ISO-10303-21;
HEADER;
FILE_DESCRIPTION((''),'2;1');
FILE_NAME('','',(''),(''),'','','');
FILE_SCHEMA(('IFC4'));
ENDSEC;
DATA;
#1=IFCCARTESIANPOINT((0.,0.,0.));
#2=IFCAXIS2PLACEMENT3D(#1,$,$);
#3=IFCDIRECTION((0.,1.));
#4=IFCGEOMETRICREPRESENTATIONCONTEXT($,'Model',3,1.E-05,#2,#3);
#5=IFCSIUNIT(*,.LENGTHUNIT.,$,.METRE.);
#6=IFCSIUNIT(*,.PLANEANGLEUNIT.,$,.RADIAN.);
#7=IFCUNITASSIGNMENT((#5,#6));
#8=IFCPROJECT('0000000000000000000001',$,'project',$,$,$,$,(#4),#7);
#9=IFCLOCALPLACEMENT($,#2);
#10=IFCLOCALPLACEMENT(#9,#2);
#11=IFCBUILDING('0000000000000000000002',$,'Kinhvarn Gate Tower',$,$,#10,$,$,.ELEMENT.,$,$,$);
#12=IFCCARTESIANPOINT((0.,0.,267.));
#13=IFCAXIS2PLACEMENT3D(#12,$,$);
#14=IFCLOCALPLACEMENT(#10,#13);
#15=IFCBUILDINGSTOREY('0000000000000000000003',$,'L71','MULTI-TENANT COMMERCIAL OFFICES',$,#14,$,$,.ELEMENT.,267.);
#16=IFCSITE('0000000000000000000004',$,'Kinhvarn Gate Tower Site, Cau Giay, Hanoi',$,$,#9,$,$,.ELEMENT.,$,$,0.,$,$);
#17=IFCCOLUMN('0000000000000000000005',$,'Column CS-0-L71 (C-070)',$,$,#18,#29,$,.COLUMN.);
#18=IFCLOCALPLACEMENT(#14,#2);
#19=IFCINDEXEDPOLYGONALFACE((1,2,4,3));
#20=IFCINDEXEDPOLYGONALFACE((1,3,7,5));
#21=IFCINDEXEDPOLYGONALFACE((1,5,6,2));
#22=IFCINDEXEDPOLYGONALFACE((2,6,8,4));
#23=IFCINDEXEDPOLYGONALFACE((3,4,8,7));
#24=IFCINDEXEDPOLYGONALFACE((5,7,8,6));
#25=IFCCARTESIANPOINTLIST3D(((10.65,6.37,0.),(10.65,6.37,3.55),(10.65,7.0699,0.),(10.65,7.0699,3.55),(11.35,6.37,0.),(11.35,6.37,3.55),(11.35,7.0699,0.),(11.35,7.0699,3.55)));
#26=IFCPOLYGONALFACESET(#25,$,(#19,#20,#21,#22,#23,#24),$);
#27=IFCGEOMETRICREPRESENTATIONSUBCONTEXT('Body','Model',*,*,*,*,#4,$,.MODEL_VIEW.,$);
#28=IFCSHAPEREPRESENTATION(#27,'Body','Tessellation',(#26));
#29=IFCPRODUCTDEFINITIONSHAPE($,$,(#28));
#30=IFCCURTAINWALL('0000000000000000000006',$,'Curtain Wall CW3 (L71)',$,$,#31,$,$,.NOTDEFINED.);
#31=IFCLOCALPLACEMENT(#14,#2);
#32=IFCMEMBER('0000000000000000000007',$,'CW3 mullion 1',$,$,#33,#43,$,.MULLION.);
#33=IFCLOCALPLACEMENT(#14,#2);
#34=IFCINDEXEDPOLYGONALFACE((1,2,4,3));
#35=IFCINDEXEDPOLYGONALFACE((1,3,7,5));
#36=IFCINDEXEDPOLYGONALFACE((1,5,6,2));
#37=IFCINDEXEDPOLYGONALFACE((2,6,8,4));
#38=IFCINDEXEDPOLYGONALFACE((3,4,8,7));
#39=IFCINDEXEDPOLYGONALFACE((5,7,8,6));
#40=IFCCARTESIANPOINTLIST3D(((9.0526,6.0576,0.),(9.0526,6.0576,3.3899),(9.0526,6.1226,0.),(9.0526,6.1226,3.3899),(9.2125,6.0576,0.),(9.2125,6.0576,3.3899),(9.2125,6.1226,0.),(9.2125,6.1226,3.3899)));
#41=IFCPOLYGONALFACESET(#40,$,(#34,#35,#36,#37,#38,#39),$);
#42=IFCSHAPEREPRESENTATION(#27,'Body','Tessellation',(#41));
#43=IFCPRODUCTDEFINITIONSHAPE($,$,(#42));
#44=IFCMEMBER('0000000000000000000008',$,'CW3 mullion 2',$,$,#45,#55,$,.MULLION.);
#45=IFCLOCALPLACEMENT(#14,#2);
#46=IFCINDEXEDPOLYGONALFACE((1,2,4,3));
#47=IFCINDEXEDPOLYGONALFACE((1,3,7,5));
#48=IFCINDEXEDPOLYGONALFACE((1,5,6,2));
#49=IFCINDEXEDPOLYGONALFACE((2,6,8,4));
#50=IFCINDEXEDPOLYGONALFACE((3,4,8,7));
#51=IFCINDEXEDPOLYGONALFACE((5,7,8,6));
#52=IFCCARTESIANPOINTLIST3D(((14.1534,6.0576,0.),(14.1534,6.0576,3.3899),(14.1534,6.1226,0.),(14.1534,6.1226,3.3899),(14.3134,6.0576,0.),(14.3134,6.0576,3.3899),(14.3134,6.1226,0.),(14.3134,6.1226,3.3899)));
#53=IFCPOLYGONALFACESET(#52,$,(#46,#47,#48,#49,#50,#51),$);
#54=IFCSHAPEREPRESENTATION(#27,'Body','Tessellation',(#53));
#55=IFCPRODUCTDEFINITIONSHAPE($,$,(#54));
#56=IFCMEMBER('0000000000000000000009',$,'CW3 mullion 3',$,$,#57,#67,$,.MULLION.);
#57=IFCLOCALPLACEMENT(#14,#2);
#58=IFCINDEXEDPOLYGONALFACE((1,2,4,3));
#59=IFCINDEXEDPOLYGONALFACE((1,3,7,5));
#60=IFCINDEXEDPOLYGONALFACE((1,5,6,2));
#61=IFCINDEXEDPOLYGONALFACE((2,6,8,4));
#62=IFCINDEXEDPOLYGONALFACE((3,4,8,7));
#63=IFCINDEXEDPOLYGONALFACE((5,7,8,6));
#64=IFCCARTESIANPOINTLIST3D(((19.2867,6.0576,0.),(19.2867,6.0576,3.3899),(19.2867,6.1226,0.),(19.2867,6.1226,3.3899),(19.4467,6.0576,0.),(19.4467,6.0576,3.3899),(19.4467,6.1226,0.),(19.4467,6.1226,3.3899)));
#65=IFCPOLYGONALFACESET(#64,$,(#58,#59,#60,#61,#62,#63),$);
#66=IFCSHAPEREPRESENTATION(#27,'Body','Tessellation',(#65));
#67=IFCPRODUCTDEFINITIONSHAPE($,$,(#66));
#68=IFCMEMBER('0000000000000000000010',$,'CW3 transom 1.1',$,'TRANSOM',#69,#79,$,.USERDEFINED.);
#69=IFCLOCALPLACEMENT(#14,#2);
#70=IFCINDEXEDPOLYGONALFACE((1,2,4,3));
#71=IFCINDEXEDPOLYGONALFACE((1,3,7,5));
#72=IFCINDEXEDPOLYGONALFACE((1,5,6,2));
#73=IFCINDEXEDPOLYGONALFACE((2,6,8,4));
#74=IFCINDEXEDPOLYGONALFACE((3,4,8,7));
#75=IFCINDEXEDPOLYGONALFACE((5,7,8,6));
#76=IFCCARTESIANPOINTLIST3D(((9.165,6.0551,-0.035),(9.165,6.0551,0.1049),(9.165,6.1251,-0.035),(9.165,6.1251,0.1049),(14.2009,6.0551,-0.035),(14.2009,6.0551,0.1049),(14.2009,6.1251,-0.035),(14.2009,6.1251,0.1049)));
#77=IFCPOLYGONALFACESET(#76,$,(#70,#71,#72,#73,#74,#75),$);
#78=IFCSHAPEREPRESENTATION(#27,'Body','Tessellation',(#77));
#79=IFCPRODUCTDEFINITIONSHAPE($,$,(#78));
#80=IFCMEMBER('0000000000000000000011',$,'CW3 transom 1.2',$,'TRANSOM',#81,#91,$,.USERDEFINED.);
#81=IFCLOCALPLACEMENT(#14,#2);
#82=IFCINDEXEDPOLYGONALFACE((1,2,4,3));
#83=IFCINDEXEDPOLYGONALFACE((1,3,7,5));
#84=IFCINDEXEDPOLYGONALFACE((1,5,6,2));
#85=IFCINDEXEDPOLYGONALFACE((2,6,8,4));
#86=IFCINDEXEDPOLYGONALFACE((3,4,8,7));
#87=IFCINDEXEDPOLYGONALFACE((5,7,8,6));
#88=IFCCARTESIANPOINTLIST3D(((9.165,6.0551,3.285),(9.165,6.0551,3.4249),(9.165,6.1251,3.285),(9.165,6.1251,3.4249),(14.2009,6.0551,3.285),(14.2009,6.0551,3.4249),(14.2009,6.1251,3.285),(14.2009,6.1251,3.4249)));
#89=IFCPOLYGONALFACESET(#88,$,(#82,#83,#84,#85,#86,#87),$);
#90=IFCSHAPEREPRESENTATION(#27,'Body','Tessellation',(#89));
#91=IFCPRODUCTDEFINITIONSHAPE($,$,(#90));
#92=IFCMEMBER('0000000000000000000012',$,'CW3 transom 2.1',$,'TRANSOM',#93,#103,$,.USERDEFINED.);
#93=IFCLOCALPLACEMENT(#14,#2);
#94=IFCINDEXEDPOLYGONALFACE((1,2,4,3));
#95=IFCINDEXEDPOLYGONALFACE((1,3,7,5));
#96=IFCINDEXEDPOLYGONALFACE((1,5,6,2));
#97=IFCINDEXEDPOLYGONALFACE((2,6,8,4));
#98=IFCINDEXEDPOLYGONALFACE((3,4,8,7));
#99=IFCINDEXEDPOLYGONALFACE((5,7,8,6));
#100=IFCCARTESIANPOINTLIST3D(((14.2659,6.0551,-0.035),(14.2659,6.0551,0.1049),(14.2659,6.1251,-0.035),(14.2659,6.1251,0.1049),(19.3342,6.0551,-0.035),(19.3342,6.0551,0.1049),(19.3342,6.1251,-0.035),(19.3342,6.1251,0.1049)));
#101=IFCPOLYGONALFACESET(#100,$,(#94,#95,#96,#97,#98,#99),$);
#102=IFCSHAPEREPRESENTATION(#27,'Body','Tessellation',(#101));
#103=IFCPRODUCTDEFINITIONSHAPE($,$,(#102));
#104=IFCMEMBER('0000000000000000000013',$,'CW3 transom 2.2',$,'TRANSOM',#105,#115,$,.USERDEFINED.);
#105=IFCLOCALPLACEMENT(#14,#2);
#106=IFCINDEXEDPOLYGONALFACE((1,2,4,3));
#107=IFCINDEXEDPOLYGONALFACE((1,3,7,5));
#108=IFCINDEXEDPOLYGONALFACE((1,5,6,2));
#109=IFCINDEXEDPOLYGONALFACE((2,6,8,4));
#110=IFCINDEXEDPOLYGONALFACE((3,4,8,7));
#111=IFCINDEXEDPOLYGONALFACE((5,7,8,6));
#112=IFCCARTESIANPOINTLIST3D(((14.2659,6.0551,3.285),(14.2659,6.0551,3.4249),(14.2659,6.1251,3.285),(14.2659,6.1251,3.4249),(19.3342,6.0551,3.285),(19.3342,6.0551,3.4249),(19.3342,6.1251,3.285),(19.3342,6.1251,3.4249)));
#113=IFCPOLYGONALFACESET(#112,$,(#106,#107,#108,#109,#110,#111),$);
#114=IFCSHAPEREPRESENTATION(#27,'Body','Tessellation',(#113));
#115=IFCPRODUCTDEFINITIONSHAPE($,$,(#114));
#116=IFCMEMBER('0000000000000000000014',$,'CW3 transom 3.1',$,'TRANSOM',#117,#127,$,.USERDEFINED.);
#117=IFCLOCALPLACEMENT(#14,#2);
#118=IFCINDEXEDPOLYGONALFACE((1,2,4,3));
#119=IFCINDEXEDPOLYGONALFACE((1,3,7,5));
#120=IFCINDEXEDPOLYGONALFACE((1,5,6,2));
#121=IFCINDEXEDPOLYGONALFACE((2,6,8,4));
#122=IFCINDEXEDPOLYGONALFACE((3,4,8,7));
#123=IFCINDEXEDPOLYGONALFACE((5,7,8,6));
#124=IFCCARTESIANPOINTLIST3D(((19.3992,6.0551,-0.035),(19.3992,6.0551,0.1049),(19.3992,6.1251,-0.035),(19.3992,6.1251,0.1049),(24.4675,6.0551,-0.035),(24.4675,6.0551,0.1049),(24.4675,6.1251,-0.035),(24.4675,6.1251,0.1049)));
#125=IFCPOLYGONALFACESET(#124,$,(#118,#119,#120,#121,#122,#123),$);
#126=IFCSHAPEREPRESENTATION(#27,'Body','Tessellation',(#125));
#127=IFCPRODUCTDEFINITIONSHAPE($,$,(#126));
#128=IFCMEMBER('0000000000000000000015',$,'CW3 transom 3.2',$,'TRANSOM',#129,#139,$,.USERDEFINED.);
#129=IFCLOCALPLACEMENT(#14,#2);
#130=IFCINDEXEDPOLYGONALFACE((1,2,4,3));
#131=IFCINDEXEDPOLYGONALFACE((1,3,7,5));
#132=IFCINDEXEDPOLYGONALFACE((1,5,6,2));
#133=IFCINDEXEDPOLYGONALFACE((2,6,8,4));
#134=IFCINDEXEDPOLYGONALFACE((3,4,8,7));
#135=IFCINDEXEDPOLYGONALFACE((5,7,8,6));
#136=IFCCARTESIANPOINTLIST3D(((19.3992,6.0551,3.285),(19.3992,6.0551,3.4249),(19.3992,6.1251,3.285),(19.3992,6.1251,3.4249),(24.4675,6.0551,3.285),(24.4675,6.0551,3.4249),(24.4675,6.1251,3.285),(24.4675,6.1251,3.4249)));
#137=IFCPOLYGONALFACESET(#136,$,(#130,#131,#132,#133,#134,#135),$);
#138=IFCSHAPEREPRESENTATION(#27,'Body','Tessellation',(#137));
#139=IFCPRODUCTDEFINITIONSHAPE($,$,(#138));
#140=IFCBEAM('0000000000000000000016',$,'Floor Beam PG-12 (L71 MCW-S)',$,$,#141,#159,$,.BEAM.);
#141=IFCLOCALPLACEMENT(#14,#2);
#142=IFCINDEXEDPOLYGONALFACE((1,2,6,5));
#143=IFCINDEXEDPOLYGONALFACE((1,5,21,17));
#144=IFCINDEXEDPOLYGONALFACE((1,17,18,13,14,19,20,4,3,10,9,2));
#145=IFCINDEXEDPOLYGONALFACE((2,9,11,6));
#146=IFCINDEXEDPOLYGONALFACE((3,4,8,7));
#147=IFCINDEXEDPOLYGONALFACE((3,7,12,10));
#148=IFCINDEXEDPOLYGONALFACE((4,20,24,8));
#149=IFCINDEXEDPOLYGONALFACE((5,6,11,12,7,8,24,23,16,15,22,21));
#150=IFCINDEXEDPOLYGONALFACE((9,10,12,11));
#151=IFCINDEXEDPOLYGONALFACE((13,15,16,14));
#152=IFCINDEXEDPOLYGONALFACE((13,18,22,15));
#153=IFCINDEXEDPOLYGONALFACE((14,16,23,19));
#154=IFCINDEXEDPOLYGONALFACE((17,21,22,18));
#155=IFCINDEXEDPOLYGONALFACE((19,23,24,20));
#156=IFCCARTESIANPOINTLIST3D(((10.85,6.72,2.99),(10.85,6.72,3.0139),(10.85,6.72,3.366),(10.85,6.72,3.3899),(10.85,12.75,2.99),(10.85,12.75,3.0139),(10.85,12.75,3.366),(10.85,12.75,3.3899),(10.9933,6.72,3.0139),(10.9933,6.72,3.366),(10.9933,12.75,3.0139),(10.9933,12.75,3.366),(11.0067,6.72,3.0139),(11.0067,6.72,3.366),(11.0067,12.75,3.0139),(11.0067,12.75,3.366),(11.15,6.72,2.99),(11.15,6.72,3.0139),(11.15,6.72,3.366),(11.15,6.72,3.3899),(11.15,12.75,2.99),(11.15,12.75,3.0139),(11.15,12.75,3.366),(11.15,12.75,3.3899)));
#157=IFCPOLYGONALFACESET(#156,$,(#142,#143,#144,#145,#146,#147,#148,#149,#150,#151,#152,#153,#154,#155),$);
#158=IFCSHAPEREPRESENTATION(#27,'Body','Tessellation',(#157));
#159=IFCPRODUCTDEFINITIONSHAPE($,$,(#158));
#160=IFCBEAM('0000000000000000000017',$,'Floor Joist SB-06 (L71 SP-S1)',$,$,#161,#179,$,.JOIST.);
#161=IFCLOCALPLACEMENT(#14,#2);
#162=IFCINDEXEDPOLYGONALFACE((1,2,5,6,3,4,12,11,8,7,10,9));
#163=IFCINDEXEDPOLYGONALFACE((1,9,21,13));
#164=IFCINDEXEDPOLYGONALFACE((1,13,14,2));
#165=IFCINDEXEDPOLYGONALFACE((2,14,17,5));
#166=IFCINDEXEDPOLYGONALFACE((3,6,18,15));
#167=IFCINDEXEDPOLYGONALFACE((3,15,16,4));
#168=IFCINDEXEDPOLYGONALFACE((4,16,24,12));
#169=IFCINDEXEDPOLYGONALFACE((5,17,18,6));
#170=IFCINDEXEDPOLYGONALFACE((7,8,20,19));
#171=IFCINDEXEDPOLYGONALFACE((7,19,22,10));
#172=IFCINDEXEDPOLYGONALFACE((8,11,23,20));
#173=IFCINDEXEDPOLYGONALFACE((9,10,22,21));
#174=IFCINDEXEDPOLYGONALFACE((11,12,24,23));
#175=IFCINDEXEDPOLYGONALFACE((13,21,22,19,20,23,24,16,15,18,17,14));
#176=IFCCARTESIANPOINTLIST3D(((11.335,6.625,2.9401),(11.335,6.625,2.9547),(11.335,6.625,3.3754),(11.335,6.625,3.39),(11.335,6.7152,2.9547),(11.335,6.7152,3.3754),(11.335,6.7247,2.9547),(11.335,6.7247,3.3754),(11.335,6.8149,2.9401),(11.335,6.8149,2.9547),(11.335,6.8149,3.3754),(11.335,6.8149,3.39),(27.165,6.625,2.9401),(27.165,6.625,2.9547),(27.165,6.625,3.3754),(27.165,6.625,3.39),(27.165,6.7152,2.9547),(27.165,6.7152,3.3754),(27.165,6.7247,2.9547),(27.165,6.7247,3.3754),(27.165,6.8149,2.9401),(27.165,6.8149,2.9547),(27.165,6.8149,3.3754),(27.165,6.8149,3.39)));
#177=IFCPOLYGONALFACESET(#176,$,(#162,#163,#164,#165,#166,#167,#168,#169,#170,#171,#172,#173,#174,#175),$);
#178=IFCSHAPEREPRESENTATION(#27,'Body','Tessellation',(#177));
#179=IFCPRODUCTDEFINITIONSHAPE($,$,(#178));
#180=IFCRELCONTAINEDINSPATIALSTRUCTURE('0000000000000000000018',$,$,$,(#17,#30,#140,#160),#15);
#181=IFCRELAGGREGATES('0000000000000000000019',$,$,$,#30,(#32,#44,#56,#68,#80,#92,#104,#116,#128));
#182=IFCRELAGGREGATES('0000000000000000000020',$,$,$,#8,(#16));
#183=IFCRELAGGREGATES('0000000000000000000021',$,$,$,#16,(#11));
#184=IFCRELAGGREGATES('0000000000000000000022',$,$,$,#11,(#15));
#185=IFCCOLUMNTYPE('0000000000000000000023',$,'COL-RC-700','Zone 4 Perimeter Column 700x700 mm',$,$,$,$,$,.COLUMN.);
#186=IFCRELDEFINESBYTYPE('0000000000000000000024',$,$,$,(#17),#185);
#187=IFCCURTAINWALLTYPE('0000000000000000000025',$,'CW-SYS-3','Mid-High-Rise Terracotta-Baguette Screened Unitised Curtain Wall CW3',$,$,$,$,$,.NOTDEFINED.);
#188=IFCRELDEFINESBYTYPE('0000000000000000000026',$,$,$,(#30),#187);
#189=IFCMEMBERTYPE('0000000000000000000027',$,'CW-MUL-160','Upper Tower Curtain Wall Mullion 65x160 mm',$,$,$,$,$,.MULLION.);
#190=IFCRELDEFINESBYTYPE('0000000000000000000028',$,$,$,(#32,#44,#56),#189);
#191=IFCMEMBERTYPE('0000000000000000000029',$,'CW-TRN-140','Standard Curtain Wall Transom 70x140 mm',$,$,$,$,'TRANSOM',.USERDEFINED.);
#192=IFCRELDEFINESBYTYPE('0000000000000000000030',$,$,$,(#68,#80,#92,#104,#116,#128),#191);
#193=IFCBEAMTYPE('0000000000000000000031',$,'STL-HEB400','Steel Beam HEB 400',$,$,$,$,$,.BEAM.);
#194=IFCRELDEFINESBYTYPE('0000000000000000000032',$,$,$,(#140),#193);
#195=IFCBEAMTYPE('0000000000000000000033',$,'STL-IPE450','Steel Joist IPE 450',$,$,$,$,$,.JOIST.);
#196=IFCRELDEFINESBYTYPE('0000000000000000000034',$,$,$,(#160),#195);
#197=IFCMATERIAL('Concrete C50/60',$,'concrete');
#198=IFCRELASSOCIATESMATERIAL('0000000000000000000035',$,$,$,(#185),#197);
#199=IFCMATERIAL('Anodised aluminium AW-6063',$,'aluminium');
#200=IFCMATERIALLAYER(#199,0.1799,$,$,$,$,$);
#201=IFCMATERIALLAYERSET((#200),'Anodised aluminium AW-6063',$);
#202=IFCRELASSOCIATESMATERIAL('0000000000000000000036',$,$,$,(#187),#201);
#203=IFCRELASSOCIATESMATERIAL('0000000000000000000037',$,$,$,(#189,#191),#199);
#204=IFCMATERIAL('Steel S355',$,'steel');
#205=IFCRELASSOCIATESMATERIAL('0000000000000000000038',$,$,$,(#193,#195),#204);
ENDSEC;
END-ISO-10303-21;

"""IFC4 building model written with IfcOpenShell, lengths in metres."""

from ifc_helpers import new_model, si_unit, direction, frame, origin, origin_2d, place, context, subcontext, project, spatial, rectangle, i_section, extrude, material, layer, layer_set, material_profile, profile_set, type_object, element, aggregate, save


model = new_model("IFC4")

# Units and contexts
model_context = context("Model", 3, precision=1e-05, world=origin(), true_north=direction((0.0, 1.0)))
body_context = subcontext(model_context, "Body", "Model", "MODEL_VIEW")
ifc_project = project(units=[si_unit("LENGTHUNIT", "METRE"), si_unit("PLANEANGLEUNIT", "RADIAN")], contexts=[model_context])

# Site, building, storey
site_placement = place(None, origin())
site = spatial("IfcSite", under=ifc_project, at=site_placement, Name="Kinhvarn Gate Tower Site, Cau Giay, Hanoi", CompositionType="ELEMENT", RefElevation=0.0)
building_placement = place(site_placement, origin())
building = spatial("IfcBuilding", under=site, at=building_placement, Name="Kinhvarn Gate Tower", CompositionType="ELEMENT")
storey_placement = place(building_placement, frame((0.0, 0.0, 267.0)))
storey = spatial("IfcBuildingStorey", under=building, at=storey_placement, Name="L71", Description="MULTI-TENANT COMMERCIAL OFFICES", CompositionType="ELEMENT", Elevation=267.0)

# Column
ifc_material_1 = material(Name="Concrete C50/60", Category="concrete")
ifc_material_profile_1 = material_profile(ifc_material_1, rectangle(XDim=0.7, YDim=0.7, at=origin_2d()), Name="RC 700x700")
ifc_profile_set_1 = profile_set([ifc_material_profile_1], Name="Concrete C50/60")
column_type = type_object("IfcColumnType", Name="COL-RC-700", Description="Zone 4 Perimeter Column 700x700 mm", PredefinedType="COLUMN", material=ifc_profile_set_1)
column_placement = place(storey_placement, frame((11.0, 6.72, 0.0), z_axis=(0.0, 0.0, 1.0), x_axis=(1.0, 0.0, 0.0)))
element("IfcColumn", 1, at=column_placement, inside=storey, type_object=column_type, Name="Column CS-0-L71 (C-070)", PredefinedType="COLUMN", context=body_context, shape_type="SweptSolid", body=[
    extrude(rectangle(XDim=0.7, YDim=0.7, at=origin_2d()), origin(), (0.0, 0.0, 1.0), 3.55),
])

# Curtain wall, members
ifc_material_2 = material(Name="Anodised aluminium AW-6063", Category="aluminium")
ifc_layer_1 = layer(ifc_material_2, 0.1799)
ifc_layer_set_1 = layer_set([ifc_layer_1], Name="Anodised aluminium AW-6063")
curtain_wall_type = type_object("IfcCurtainWallType", Name="CW-SYS-3", Description="Mid-High-Rise Terracotta-Baguette Screened Unitised Curtain Wall CW3", PredefinedType="NOTDEFINED", material=ifc_layer_set_1)
curtain_wall_placement = place(storey_placement, origin())
curtain_wall = element("IfcCurtainWall", 2, at=curtain_wall_placement, inside=storey, type_object=curtain_wall_type, Name="Curtain Wall CW3 (L71)", PredefinedType="NOTDEFINED")
ifc_material_profile_2 = material_profile(ifc_material_2, rectangle(XDim=0.0649, YDim=0.1599, at=origin_2d()), Name="ALU 65x160")
ifc_profile_set_2 = profile_set([ifc_material_profile_2], Name="Anodised aluminium AW-6063")
member_type_1 = type_object("IfcMemberType", Name="CW-MUL-160", Description="Upper Tower Curtain Wall Mullion 65x160 mm", PredefinedType="MULLION", material=ifc_profile_set_2)
member_1_placement = place(storey_placement, frame((9.1326, 6.0901, 0.0), z_axis=(0.0, 0.0, 1.0), x_axis=(0.0, 1.0, 0.0)))
member_1 = element("IfcMember", 3, at=member_1_placement, type_object=member_type_1, Name="CW3 mullion 1", PredefinedType="MULLION", context=body_context, shape_type="SweptSolid", body=[
    extrude(rectangle(XDim=0.0649, YDim=0.1599, at=origin_2d()), origin(), (0.0, 0.0, 1.0), 3.3899),
])
member_2_placement = place(storey_placement, frame((14.2334, 6.0901, 0.0), z_axis=(0.0, 0.0, 1.0), x_axis=(0.0, 1.0, 0.0)))
member_2 = element("IfcMember", 4, at=member_2_placement, type_object=member_type_1, Name="CW3 mullion 2", PredefinedType="MULLION", context=body_context, shape_type="SweptSolid", body=[
    extrude(rectangle(XDim=0.0649, YDim=0.1599, at=origin_2d()), origin(), (0.0, 0.0, 1.0), 3.3899),
])
member_3_placement = place(storey_placement, frame((19.3667, 6.0901, 0.0), z_axis=(0.0, 0.0, 1.0), x_axis=(0.0, 1.0, 0.0)))
member_3 = element("IfcMember", 5, at=member_3_placement, type_object=member_type_1, Name="CW3 mullion 3", PredefinedType="MULLION", context=body_context, shape_type="SweptSolid", body=[
    extrude(rectangle(XDim=0.0649, YDim=0.1599, at=origin_2d()), origin(), (0.0, 0.0, 1.0), 3.3899),
])
ifc_material_profile_3 = material_profile(ifc_material_2, rectangle(XDim=0.0701, YDim=0.1399, at=origin_2d()), Name="ALU 70x140")
ifc_profile_set_3 = profile_set([ifc_material_profile_3], Name="Anodised aluminium AW-6063")
member_type_2 = type_object("IfcMemberType", Name="CW-TRN-140", Description="Standard Curtain Wall Transom 70x140 mm", ElementType="TRANSOM", PredefinedType="USERDEFINED", material=ifc_profile_set_3)
member_4_placement = place(storey_placement, frame((9.165, 6.0901, 0.0349), z_axis=(1.0, 0.0, 0.0), x_axis=(0.0, 1.0, 0.0)))
member_4 = element("IfcMember", 6, at=member_4_placement, type_object=member_type_2, Name="CW3 transom 1.1", ObjectType="TRANSOM", PredefinedType="USERDEFINED", context=body_context, shape_type="SweptSolid", body=[
    extrude(rectangle(XDim=0.0701, YDim=0.1399, at=origin_2d()), origin(), (0.0, 0.0, 1.0), 5.0359),
])
member_5_placement = place(storey_placement, frame((9.165, 6.0901, 3.355), z_axis=(1.0, 0.0, 0.0), x_axis=(0.0, 1.0, 0.0)))
member_5 = element("IfcMember", 7, at=member_5_placement, type_object=member_type_2, Name="CW3 transom 1.2", ObjectType="TRANSOM", PredefinedType="USERDEFINED", context=body_context, shape_type="SweptSolid", body=[
    extrude(rectangle(XDim=0.0701, YDim=0.1399, at=origin_2d()), origin(), (0.0, 0.0, 1.0), 5.0359),
])
member_6_placement = place(storey_placement, frame((14.2659, 6.0901, 0.0349), z_axis=(1.0, 0.0, 0.0), x_axis=(0.0, 1.0, 0.0)))
member_6 = element("IfcMember", 8, at=member_6_placement, type_object=member_type_2, Name="CW3 transom 2.1", ObjectType="TRANSOM", PredefinedType="USERDEFINED", context=body_context, shape_type="SweptSolid", body=[
    extrude(rectangle(XDim=0.0701, YDim=0.1399, at=origin_2d()), origin(), (0.0, 0.0, 1.0), 5.0684),
])
member_7_placement = place(storey_placement, frame((14.2659, 6.0901, 3.355), z_axis=(1.0, 0.0, 0.0), x_axis=(0.0, 1.0, 0.0)))
member_7 = element("IfcMember", 9, at=member_7_placement, type_object=member_type_2, Name="CW3 transom 2.2", ObjectType="TRANSOM", PredefinedType="USERDEFINED", context=body_context, shape_type="SweptSolid", body=[
    extrude(rectangle(XDim=0.0701, YDim=0.1399, at=origin_2d()), origin(), (0.0, 0.0, 1.0), 5.0684),
])
member_8_placement = place(storey_placement, frame((19.3992, 6.0901, 0.0349), z_axis=(1.0, 0.0, 0.0), x_axis=(0.0, 1.0, 0.0)))
member_8 = element("IfcMember", 10, at=member_8_placement, type_object=member_type_2, Name="CW3 transom 3.1", ObjectType="TRANSOM", PredefinedType="USERDEFINED", context=body_context, shape_type="SweptSolid", body=[
    extrude(rectangle(XDim=0.0701, YDim=0.1399, at=origin_2d()), origin(), (0.0, 0.0, 1.0), 5.0684),
])
member_9_placement = place(storey_placement, frame((19.3992, 6.0901, 3.355), z_axis=(1.0, 0.0, 0.0), x_axis=(0.0, 1.0, 0.0)))
member_9 = element("IfcMember", 11, at=member_9_placement, type_object=member_type_2, Name="CW3 transom 3.2", ObjectType="TRANSOM", PredefinedType="USERDEFINED", context=body_context, shape_type="SweptSolid", body=[
    extrude(rectangle(XDim=0.0701, YDim=0.1399, at=origin_2d()), origin(), (0.0, 0.0, 1.0), 5.0684),
])

# Beams
ifc_material_3 = material(Name="Steel S355", Category="steel")
ifc_material_profile_4 = material_profile(ifc_material_3, i_section(OverallWidth=0.3, OverallDepth=0.3999, WebThickness=0.0134, FlangeThickness=0.0239, at=origin_2d()), Name="HEB 400")
ifc_profile_set_4 = profile_set([ifc_material_profile_4], Name="Steel S355")
beam_type_1 = type_object("IfcBeamType", Name="STL-HEB400", Description="Steel Beam HEB 400", PredefinedType="BEAM", material=ifc_profile_set_4)
beam_1_placement = place(storey_placement, frame((11.0, 6.72, 3.1899), z_axis=(0.0, 1.0, 0.0), x_axis=(-1.0, 0.0, 0.0)))
element("IfcBeam", 12, at=beam_1_placement, inside=storey, type_object=beam_type_1, Name="Floor Beam PG-12 (L71 MCW-S)", PredefinedType="BEAM", context=body_context, shape_type="SweptSolid", body=[
    extrude(i_section(OverallWidth=0.3, OverallDepth=0.3999, WebThickness=0.0134, FlangeThickness=0.0239, at=origin_2d()), origin(), (0.0, 0.0, 1.0), 6.03),
])
ifc_material_profile_5 = material_profile(ifc_material_3, i_section(OverallWidth=0.1899, OverallDepth=0.45, WebThickness=0.0095, FlangeThickness=0.0146, at=origin_2d()), Name="IPE 450")
ifc_profile_set_5 = profile_set([ifc_material_profile_5], Name="Steel S355")
beam_type_2 = type_object("IfcBeamType", Name="STL-IPE450", Description="Steel Joist IPE 450", PredefinedType="JOIST", material=ifc_profile_set_5)
beam_2_placement = place(storey_placement, frame((11.335, 6.72, 3.165), z_axis=(1.0, 0.0, 0.0), x_axis=(0.0, 1.0, 0.0)))
element("IfcBeam", 13, at=beam_2_placement, inside=storey, type_object=beam_type_2, Name="Floor Joist SB-06 (L71 SP-S1)", PredefinedType="JOIST", context=body_context, shape_type="SweptSolid", body=[
    extrude(i_section(OverallWidth=0.1899, OverallDepth=0.45, WebThickness=0.0095, FlangeThickness=0.0146, at=origin_2d()), origin(), (0.0, 0.0, 1.0), 15.8301),
])

aggregate(curtain_wall, [member_1, member_2, member_3, member_4, member_5, member_6, member_7, member_8, member_9])

save(model, "model.ifc")
